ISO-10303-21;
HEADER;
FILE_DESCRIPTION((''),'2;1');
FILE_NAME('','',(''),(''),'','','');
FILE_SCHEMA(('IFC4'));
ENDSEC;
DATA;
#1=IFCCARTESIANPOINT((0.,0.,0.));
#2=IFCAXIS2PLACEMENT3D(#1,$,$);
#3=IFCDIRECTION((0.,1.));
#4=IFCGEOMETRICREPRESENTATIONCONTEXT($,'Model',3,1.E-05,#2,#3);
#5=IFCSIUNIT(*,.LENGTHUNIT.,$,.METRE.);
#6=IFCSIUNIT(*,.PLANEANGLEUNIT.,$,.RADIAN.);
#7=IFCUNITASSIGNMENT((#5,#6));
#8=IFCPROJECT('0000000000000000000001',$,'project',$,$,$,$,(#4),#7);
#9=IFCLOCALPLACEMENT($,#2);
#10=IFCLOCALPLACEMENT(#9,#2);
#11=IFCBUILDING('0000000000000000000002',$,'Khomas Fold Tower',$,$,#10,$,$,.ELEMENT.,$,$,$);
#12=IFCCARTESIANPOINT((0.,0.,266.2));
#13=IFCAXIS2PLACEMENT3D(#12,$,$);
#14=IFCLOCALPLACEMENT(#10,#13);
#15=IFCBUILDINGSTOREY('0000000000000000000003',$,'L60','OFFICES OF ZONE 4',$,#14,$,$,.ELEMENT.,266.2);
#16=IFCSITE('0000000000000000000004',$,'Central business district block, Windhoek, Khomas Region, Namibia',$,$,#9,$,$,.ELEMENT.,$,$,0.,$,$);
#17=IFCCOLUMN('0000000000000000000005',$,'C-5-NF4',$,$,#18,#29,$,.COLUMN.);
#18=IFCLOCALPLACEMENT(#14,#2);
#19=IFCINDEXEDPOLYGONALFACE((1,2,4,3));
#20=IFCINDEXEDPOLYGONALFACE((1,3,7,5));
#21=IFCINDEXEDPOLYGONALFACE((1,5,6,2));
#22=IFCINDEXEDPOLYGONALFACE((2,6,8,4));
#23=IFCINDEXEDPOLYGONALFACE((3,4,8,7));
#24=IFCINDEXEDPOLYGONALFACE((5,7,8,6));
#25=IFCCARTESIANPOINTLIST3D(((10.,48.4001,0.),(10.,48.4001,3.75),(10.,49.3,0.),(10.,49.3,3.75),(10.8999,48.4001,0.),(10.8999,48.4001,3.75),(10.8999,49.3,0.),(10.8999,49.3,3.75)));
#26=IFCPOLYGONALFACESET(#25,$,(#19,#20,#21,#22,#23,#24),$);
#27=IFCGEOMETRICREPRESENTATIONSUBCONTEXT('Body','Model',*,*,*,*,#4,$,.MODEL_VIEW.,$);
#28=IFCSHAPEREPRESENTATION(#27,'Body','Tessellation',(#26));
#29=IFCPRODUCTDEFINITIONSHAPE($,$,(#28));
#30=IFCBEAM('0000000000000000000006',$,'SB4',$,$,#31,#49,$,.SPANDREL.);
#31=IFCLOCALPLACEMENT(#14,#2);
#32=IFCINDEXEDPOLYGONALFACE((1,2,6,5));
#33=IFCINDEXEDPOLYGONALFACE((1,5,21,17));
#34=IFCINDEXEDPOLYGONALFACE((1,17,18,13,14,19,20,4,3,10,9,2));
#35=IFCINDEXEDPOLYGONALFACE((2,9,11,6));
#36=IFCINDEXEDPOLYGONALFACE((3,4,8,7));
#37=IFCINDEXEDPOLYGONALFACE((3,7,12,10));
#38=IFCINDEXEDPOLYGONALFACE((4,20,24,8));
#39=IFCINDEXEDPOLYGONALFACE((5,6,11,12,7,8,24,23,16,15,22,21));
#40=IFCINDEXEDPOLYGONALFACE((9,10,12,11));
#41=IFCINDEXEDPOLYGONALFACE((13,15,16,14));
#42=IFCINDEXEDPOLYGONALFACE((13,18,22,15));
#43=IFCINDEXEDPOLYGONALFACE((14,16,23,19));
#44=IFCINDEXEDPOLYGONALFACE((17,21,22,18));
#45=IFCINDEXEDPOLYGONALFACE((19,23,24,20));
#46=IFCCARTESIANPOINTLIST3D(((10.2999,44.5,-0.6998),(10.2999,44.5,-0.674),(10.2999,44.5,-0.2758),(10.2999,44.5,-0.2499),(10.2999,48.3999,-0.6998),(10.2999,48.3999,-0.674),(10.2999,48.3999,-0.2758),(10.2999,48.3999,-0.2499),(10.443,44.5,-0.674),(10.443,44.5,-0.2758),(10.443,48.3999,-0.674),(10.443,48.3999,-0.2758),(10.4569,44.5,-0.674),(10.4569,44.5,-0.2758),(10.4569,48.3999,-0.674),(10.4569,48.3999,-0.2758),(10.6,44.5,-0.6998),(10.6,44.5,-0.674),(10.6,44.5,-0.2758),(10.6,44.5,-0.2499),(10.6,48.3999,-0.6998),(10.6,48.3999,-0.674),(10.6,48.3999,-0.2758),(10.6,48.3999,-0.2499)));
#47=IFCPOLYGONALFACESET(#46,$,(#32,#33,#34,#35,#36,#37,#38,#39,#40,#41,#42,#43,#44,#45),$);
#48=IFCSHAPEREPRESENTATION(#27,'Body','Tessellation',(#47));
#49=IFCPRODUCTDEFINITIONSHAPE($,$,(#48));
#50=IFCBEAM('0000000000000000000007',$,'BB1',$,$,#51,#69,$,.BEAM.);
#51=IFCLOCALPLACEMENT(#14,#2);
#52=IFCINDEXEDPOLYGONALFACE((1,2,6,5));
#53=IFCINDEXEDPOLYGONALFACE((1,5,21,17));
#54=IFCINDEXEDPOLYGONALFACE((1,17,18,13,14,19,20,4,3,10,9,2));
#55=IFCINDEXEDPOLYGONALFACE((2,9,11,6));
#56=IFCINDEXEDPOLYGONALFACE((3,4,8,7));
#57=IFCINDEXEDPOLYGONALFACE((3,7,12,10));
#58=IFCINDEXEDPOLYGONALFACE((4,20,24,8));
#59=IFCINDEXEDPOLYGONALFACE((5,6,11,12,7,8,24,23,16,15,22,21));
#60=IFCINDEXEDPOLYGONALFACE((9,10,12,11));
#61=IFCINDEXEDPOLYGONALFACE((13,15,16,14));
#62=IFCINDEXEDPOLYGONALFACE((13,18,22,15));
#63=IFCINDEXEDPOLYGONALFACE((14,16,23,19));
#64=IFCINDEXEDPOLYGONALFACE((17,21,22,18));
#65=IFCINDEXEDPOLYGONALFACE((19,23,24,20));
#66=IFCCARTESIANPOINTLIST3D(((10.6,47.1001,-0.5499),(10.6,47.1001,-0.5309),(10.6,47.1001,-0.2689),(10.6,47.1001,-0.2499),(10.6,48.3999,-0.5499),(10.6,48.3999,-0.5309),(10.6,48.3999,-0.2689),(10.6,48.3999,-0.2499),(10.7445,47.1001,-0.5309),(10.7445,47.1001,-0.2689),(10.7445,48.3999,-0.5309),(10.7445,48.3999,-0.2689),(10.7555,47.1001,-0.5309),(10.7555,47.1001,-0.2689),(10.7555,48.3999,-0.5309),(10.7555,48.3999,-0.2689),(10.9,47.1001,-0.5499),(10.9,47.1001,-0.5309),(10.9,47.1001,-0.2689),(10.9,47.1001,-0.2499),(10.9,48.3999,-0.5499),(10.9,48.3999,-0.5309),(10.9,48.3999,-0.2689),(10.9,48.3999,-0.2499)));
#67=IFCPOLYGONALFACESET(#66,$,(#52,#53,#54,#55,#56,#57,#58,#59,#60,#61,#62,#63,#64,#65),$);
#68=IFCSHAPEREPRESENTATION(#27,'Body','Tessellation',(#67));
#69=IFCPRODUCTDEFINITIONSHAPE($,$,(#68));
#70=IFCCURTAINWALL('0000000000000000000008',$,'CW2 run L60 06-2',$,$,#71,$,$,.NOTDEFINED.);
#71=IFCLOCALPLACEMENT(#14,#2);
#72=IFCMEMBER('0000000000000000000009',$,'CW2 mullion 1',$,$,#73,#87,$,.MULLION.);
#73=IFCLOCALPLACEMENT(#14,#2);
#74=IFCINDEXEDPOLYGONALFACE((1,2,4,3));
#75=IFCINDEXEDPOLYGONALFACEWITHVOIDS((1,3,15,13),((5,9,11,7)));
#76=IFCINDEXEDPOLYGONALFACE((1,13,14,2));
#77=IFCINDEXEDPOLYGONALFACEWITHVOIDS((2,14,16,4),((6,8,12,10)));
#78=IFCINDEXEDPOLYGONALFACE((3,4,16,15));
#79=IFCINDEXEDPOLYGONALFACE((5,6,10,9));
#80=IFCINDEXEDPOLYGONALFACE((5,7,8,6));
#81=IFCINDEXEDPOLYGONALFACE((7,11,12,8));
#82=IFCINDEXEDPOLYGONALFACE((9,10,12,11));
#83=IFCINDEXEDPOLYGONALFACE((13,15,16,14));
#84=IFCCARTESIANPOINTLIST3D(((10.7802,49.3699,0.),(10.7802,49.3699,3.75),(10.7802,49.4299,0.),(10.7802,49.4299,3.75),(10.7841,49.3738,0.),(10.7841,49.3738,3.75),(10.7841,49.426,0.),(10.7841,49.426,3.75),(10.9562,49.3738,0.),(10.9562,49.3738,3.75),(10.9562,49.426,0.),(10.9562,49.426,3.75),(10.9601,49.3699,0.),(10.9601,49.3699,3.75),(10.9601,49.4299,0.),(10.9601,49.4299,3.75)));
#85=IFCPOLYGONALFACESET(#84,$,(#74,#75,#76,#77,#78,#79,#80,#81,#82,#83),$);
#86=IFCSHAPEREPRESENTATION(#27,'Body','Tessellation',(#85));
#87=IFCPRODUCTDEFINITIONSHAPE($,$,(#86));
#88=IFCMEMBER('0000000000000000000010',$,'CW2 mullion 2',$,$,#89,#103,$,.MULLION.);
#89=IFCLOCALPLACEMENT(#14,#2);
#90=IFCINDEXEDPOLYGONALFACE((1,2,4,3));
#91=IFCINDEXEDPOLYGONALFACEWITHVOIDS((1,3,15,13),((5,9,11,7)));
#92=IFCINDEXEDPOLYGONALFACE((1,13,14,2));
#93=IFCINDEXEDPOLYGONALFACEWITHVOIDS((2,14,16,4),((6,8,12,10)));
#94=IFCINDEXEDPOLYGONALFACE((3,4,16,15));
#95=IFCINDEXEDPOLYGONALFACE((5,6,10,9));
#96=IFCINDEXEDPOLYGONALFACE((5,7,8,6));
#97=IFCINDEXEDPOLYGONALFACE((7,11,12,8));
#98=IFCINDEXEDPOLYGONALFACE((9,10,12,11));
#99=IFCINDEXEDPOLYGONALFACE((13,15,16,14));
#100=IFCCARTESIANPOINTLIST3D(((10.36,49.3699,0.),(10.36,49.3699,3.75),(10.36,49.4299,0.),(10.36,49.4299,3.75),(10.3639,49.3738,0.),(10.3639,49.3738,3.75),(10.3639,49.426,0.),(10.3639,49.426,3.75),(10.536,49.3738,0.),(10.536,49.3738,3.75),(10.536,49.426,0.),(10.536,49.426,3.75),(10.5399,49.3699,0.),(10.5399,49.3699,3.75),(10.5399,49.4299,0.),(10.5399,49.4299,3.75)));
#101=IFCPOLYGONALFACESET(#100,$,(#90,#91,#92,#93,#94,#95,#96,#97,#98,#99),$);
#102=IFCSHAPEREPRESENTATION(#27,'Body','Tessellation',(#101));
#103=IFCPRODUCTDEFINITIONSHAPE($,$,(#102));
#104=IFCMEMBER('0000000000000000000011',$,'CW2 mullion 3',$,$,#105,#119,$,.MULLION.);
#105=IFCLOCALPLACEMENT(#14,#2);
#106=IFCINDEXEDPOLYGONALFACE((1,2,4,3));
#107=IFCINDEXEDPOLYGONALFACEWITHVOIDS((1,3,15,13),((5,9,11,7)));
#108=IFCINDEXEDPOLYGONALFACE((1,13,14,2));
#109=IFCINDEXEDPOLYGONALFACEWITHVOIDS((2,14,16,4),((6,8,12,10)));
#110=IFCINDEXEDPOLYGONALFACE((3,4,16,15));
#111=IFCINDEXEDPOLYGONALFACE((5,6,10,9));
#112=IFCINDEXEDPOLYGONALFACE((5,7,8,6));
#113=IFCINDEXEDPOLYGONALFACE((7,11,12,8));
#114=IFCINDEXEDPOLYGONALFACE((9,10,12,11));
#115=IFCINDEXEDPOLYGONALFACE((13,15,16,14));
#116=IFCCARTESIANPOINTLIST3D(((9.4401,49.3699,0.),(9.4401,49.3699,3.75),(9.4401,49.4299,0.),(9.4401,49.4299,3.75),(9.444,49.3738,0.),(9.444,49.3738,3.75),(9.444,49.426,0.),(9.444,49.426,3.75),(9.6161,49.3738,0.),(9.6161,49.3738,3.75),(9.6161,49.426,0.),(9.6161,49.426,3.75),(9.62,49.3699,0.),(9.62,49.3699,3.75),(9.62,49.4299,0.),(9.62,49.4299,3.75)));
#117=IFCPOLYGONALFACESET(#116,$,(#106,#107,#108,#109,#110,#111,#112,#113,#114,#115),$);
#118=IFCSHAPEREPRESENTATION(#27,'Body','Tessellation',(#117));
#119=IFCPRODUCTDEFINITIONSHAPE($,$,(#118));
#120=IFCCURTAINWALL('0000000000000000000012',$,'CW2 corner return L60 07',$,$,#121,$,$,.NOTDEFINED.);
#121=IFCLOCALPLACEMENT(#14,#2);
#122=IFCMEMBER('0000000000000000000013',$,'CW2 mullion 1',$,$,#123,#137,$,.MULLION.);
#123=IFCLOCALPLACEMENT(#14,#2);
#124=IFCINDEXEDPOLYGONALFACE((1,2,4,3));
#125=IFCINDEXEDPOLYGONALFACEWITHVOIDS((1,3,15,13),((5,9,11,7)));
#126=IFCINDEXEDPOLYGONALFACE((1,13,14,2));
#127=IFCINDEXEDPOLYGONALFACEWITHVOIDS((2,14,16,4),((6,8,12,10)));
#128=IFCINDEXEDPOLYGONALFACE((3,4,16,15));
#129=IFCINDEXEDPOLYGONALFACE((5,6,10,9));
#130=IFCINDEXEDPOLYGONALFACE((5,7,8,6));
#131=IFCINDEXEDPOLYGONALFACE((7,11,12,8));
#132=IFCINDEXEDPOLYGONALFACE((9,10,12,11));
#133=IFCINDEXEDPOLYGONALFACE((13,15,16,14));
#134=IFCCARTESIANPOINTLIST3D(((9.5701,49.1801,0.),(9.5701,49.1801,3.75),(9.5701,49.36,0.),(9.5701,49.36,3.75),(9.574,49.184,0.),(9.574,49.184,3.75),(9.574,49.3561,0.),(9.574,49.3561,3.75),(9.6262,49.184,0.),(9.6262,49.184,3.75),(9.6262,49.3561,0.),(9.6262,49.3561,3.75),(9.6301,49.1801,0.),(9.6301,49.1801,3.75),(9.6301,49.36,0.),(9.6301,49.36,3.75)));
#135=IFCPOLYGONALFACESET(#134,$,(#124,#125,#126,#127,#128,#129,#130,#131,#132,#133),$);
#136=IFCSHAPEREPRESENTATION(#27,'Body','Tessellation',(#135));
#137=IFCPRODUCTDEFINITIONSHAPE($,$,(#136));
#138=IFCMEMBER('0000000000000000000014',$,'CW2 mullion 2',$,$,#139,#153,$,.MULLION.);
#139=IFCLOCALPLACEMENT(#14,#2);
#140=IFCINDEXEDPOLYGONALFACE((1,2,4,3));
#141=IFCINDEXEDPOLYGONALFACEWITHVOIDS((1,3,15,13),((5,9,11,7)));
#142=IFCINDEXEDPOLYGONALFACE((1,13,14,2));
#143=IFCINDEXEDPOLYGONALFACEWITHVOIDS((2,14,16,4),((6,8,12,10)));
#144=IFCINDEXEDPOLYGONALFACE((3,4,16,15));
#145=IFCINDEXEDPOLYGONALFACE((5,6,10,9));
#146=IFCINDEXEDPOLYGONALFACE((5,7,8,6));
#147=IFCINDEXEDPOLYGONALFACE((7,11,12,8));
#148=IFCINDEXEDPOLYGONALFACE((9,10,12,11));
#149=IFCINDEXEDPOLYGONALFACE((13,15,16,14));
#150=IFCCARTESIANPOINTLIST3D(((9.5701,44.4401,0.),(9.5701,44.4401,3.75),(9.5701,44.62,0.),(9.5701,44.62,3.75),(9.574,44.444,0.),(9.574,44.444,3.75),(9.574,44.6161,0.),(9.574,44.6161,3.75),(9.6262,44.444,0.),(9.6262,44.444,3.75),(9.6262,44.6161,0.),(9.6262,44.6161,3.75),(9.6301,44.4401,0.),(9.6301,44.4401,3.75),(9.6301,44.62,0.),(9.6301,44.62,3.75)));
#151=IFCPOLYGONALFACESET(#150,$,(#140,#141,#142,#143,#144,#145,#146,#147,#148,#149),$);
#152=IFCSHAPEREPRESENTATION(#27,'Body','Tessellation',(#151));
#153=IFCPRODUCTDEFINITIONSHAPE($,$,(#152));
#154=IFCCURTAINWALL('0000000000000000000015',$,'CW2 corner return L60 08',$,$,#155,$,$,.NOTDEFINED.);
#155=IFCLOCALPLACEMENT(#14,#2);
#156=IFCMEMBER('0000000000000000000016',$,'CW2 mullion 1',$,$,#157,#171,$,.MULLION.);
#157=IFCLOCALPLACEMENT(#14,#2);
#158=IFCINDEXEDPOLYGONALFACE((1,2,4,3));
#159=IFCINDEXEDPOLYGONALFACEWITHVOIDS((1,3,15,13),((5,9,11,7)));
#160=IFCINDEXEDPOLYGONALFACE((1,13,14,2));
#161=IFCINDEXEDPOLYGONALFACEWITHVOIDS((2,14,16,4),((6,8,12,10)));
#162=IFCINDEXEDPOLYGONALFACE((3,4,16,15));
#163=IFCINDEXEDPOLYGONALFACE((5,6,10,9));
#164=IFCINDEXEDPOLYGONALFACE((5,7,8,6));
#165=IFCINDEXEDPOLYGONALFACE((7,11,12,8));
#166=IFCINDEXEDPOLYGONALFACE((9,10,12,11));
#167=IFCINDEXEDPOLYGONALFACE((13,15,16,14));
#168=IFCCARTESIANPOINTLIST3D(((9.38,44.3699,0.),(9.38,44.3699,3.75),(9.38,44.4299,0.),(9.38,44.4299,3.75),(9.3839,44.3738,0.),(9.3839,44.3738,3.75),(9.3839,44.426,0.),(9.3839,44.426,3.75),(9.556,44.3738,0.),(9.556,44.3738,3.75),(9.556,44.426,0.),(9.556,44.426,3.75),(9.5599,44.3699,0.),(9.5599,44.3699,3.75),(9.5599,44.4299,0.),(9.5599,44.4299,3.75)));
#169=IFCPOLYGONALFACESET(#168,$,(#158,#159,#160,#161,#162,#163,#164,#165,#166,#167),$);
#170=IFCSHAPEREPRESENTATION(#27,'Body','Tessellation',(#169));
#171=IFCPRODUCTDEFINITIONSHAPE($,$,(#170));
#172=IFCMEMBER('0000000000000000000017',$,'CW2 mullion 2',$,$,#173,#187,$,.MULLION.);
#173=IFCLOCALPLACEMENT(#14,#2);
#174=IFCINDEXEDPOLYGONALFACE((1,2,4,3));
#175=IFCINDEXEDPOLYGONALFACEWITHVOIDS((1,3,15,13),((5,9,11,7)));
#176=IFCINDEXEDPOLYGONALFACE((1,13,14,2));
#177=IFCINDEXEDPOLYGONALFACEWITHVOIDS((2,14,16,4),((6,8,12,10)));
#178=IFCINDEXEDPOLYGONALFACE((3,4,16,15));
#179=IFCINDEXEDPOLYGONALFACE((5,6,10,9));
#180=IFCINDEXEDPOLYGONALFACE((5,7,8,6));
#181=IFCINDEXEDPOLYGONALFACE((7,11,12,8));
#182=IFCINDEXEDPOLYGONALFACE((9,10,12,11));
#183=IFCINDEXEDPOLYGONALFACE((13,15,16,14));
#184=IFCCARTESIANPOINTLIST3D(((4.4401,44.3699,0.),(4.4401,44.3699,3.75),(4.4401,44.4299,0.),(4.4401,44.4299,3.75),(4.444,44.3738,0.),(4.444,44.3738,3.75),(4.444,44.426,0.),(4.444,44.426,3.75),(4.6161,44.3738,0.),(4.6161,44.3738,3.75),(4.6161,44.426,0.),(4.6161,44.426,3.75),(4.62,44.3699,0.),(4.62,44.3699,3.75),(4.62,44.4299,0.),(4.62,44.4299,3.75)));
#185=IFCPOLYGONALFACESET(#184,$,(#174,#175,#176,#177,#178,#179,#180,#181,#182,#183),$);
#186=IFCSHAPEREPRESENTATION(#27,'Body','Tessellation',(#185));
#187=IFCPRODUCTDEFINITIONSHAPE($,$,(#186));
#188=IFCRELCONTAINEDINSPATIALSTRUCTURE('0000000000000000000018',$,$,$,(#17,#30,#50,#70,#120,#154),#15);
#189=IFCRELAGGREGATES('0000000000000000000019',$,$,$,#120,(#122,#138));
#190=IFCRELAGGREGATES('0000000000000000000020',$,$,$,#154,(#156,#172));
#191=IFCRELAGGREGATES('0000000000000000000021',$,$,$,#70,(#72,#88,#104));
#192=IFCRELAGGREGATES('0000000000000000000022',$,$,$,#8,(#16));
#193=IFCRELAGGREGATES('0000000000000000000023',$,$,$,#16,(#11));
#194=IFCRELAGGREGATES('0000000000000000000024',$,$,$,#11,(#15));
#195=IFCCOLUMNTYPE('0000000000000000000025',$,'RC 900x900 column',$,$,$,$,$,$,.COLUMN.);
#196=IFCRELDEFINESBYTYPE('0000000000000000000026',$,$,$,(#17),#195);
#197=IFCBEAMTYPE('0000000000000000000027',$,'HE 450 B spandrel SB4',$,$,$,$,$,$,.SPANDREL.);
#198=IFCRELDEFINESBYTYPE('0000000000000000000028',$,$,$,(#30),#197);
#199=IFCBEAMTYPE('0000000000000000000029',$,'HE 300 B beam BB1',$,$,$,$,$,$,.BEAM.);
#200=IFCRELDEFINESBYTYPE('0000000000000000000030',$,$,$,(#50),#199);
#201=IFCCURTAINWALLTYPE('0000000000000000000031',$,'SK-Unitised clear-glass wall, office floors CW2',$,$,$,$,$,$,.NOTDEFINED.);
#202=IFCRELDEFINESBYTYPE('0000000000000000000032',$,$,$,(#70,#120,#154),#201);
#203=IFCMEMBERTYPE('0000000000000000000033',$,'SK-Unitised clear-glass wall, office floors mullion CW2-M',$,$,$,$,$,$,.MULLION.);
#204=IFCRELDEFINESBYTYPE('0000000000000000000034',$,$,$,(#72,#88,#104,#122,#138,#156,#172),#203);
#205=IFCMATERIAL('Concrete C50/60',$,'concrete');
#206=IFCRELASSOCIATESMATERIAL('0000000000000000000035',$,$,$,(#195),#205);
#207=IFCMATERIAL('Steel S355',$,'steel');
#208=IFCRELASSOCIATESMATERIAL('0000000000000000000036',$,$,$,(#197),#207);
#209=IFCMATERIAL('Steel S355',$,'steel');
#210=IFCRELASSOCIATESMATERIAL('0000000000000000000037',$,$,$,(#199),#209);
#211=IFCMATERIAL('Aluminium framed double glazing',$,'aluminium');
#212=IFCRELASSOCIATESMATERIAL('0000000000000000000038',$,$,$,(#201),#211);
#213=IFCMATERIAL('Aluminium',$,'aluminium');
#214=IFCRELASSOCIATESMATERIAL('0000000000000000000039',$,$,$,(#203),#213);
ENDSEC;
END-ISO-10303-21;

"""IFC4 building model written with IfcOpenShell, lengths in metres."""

from ifc_helpers import new_model, si_unit, direction, frame, origin, origin_2d, place, context, subcontext, project, spatial, rectangle, hollow_rectangle, i_section, extrude, source, transform, mapped, material, material_profile, profile_set, type_object, element, aggregate, save


model = new_model("IFC4")

# Units and contexts
model_context = context("Model", 3, precision=1e-05, world=origin(), true_north=direction((0.0, 1.0)))
body_context = subcontext(model_context, "Body", "Model", "MODEL_VIEW")
ifc_project = project(units=[si_unit("LENGTHUNIT", "METRE"), si_unit("PLANEANGLEUNIT", "RADIAN")], contexts=[model_context])

# Site, building, storey
site_placement = place(None, origin())
site = spatial("IfcSite", under=ifc_project, at=site_placement, Name="Central business district block, Windhoek, Khomas Region, Namibia", CompositionType="ELEMENT", RefElevation=0.0)
building_placement = place(site_placement, origin())
building = spatial("IfcBuilding", under=site, at=building_placement, Name="Khomas Fold Tower", CompositionType="ELEMENT")
storey_placement = place(building_placement, frame((0.0, 0.0, 266.2)))
storey = spatial("IfcBuildingStorey", under=building, at=storey_placement, Name="L60", Description="OFFICES OF ZONE 4", CompositionType="ELEMENT", Elevation=266.2)

# Column
ifc_material_1 = material(Name="Concrete C50/60", Category="concrete")
ifc_material_profile_1 = material_profile(ifc_material_1, rectangle(XDim=0.8999, YDim=0.8999, at=origin_2d()), Name="RC 900x900")
ifc_profile_set_1 = profile_set([ifc_material_profile_1], Name="Concrete C50/60")
column_type = type_object("IfcColumnType", Name="RC 900x900 column", PredefinedType="COLUMN", material=ifc_profile_set_1)
shared_shape_1 = source(origin(), body_context, "Body", "SweptSolid", [
    extrude(rectangle(XDim=0.8999, YDim=0.8999, at=origin_2d()), origin(), (0.0, 0.0, 1.0), 3.75),
])
column_placement = place(storey_placement, frame((10.45, 48.8501, 0.0), z_axis=(0.0, 0.0, 1.0), x_axis=(1.0, 0.0, 0.0)))
element("IfcColumn", 1, at=column_placement, inside=storey, type_object=column_type, Name="C-5-NF4", PredefinedType="COLUMN", context=body_context, shape_type="MappedRepresentation", body=[
    mapped(shared_shape_1, transform((0.0, 0.0, 0.0))),
])

# Beams
ifc_material_2 = material(Name="Steel S355", Category="steel")
ifc_material_profile_2 = material_profile(ifc_material_2, i_section(OverallWidth=0.3, OverallDepth=0.45, WebThickness=0.0139, FlangeThickness=0.0259, at=origin_2d()), Name="HE 450 B")
ifc_profile_set_2 = profile_set([ifc_material_profile_2], Name="Steel S355")
beam_type_1 = type_object("IfcBeamType", Name="HE 450 B spandrel SB4", PredefinedType="SPANDREL", material=ifc_profile_set_2)
shared_shape_2 = source(origin(), body_context, "Body", "SweptSolid", [
    extrude(i_section(OverallWidth=0.3, OverallDepth=0.45, WebThickness=0.0139, FlangeThickness=0.0259, at=origin_2d()), origin(), (0.0, 0.0, 1.0), 3.8999),
])
beam_1_placement = place(storey_placement, frame((10.45, 44.5, -0.4749), z_axis=(0.0, 1.0, 0.0), x_axis=(-1.0, 0.0, 0.0)))
element("IfcBeam", 2, at=beam_1_placement, inside=storey, type_object=beam_type_1, Name="SB4", PredefinedType="SPANDREL", context=body_context, shape_type="MappedRepresentation", body=[
    mapped(shared_shape_2, transform((0.0, 0.0, 0.0))),
])
ifc_material_3 = material(Name="Steel S355", Category="steel")
ifc_material_profile_3 = material_profile(ifc_material_3, i_section(OverallWidth=0.3, OverallDepth=0.3, WebThickness=0.011, FlangeThickness=0.019, at=origin_2d()), Name="HE 300 B")
ifc_profile_set_3 = profile_set([ifc_material_profile_3], Name="Steel S355")
beam_type_2 = type_object("IfcBeamType", Name="HE 300 B beam BB1", PredefinedType="BEAM", material=ifc_profile_set_3)
shared_shape_3 = source(origin(), body_context, "Body", "SweptSolid", [
    extrude(i_section(OverallWidth=0.3, OverallDepth=0.3, WebThickness=0.011, FlangeThickness=0.019, at=origin_2d()), origin(), (0.0, 0.0, 1.0), 1.2998),
])
beam_2_placement = place(storey_placement, frame((10.75, 47.1001, -0.3999), z_axis=(0.0, 1.0, 0.0), x_axis=(-1.0, 0.0, 0.0)))
element("IfcBeam", 3, at=beam_2_placement, inside=storey, type_object=beam_type_2, Name="BB1", PredefinedType="BEAM", context=body_context, shape_type="MappedRepresentation", body=[
    mapped(shared_shape_3, transform((0.0, 0.0, 0.0))),
])

# Curtain walls, members
ifc_material_4 = material(Name="Aluminium framed double glazing", Category="aluminium")
curtain_wall_type = type_object("IfcCurtainWallType", Name="SK-Unitised clear-glass wall, office floors CW2", PredefinedType="NOTDEFINED", material=ifc_material_4)
curtain_wall_1_placement = place(storey_placement, origin())
curtain_wall_1 = element("IfcCurtainWall", 4, at=curtain_wall_1_placement, inside=storey, type_object=curtain_wall_type, Name="CW2 run L60 06-2", PredefinedType="NOTDEFINED")
ifc_material_5 = material(Name="Aluminium", Category="aluminium")
ifc_material_profile_4 = material_profile(ifc_material_5, hollow_rectangle(XDim=0.0601, YDim=0.1799, WallThickness=0.0039, at=origin_2d()), Name="SK-Unitised clear-glass wall, office floors mullion CW2-M")
ifc_profile_set_4 = profile_set([ifc_material_profile_4], Name="Aluminium")
member_type_1 = type_object("IfcMemberType", Name="SK-Unitised clear-glass wall, office floors mullion CW2-M", PredefinedType="MULLION", material=ifc_profile_set_4)
shared_shape_4 = source(origin(), body_context, "Body", "SweptSolid", [
    extrude(hollow_rectangle(XDim=0.0601, YDim=0.1799, WallThickness=0.0039, at=origin_2d()), origin(), (0.0, 0.0, 1.0), 3.75),
])
member_1_placement = place(storey_placement, frame((10.8701, 49.3999, 0.0), z_axis=(0.0, 0.0, 1.0), x_axis=(0.0, -1.0, 0.0)))
member_1 = element("IfcMember", 5, at=member_1_placement, type_object=member_type_1, Name="CW2 mullion 1", PredefinedType="MULLION", context=body_context, shape_type="MappedRepresentation", body=[
    mapped(shared_shape_4, transform((0.0, 0.0, 0.0))),
])
member_2_placement = place(storey_placement, frame((10.45, 49.3999, 0.0), z_axis=(0.0, 0.0, 1.0), x_axis=(0.0, -1.0, 0.0)))
member_2 = element("IfcMember", 6, at=member_2_placement, type_object=member_type_1, Name="CW2 mullion 2", PredefinedType="MULLION", context=body_context, shape_type="MappedRepresentation", body=[
    mapped(shared_shape_4, transform((0.0, 0.0, 0.0))),
])
member_3_placement = place(storey_placement, frame((9.53, 49.3999, 0.0), z_axis=(0.0, 0.0, 1.0), x_axis=(0.0, -1.0, 0.0)))
member_3 = element("IfcMember", 7, at=member_3_placement, type_object=member_type_1, Name="CW2 mullion 3", PredefinedType="MULLION", context=body_context, shape_type="MappedRepresentation", body=[
    mapped(shared_shape_4, transform((0.0, 0.0, 0.0))),
])
curtain_wall_2_placement = place(storey_placement, origin())
curtain_wall_2 = element("IfcCurtainWall", 8, at=curtain_wall_2_placement, inside=storey, type_object=curtain_wall_type, Name="CW2 corner return L60 07", PredefinedType="NOTDEFINED")
member_4_placement = place(storey_placement, frame((9.6001, 49.27, 0.0), z_axis=(0.0, 0.0, 1.0), x_axis=(1.0, 0.0, 0.0)))
member_4 = element("IfcMember", 9, at=member_4_placement, type_object=member_type_1, Name="CW2 mullion 1", PredefinedType="MULLION", context=body_context, shape_type="MappedRepresentation", body=[
    mapped(shared_shape_4, transform((0.0, 0.0, 0.0))),
])
member_5_placement = place(storey_placement, frame((9.6001, 44.53, 0.0), z_axis=(0.0, 0.0, 1.0), x_axis=(1.0, 0.0, 0.0)))
member_5 = element("IfcMember", 10, at=member_5_placement, type_object=member_type_1, Name="CW2 mullion 2", PredefinedType="MULLION", context=body_context, shape_type="MappedRepresentation", body=[
    mapped(shared_shape_4, transform((0.0, 0.0, 0.0))),
])
curtain_wall_3_placement = place(storey_placement, origin())
curtain_wall_3 = element("IfcCurtainWall", 11, at=curtain_wall_3_placement, inside=storey, type_object=curtain_wall_type, Name="CW2 corner return L60 08", PredefinedType="NOTDEFINED")
member_6_placement = place(storey_placement, frame((9.47, 44.3999, 0.0), z_axis=(0.0, 0.0, 1.0), x_axis=(0.0, -1.0, 0.0)))
member_6 = element("IfcMember", 12, at=member_6_placement, type_object=member_type_1, Name="CW2 mullion 1", PredefinedType="MULLION", context=body_context, shape_type="MappedRepresentation", body=[
    mapped(shared_shape_4, transform((0.0, 0.0, 0.0))),
])
member_7_placement = place(storey_placement, frame((4.53, 44.3999, 0.0), z_axis=(0.0, 0.0, 1.0), x_axis=(0.0, -1.0, 0.0)))
member_7 = element("IfcMember", 13, at=member_7_placement, type_object=member_type_1, Name="CW2 mullion 2", PredefinedType="MULLION", context=body_context, shape_type="MappedRepresentation", body=[
    mapped(shared_shape_4, transform((0.0, 0.0, 0.0))),
])

aggregate(curtain_wall_2, [member_4, member_5])
aggregate(curtain_wall_3, [member_6, member_7])
aggregate(curtain_wall_1, [member_1, member_2, member_3])

save(model, "model.ifc")
